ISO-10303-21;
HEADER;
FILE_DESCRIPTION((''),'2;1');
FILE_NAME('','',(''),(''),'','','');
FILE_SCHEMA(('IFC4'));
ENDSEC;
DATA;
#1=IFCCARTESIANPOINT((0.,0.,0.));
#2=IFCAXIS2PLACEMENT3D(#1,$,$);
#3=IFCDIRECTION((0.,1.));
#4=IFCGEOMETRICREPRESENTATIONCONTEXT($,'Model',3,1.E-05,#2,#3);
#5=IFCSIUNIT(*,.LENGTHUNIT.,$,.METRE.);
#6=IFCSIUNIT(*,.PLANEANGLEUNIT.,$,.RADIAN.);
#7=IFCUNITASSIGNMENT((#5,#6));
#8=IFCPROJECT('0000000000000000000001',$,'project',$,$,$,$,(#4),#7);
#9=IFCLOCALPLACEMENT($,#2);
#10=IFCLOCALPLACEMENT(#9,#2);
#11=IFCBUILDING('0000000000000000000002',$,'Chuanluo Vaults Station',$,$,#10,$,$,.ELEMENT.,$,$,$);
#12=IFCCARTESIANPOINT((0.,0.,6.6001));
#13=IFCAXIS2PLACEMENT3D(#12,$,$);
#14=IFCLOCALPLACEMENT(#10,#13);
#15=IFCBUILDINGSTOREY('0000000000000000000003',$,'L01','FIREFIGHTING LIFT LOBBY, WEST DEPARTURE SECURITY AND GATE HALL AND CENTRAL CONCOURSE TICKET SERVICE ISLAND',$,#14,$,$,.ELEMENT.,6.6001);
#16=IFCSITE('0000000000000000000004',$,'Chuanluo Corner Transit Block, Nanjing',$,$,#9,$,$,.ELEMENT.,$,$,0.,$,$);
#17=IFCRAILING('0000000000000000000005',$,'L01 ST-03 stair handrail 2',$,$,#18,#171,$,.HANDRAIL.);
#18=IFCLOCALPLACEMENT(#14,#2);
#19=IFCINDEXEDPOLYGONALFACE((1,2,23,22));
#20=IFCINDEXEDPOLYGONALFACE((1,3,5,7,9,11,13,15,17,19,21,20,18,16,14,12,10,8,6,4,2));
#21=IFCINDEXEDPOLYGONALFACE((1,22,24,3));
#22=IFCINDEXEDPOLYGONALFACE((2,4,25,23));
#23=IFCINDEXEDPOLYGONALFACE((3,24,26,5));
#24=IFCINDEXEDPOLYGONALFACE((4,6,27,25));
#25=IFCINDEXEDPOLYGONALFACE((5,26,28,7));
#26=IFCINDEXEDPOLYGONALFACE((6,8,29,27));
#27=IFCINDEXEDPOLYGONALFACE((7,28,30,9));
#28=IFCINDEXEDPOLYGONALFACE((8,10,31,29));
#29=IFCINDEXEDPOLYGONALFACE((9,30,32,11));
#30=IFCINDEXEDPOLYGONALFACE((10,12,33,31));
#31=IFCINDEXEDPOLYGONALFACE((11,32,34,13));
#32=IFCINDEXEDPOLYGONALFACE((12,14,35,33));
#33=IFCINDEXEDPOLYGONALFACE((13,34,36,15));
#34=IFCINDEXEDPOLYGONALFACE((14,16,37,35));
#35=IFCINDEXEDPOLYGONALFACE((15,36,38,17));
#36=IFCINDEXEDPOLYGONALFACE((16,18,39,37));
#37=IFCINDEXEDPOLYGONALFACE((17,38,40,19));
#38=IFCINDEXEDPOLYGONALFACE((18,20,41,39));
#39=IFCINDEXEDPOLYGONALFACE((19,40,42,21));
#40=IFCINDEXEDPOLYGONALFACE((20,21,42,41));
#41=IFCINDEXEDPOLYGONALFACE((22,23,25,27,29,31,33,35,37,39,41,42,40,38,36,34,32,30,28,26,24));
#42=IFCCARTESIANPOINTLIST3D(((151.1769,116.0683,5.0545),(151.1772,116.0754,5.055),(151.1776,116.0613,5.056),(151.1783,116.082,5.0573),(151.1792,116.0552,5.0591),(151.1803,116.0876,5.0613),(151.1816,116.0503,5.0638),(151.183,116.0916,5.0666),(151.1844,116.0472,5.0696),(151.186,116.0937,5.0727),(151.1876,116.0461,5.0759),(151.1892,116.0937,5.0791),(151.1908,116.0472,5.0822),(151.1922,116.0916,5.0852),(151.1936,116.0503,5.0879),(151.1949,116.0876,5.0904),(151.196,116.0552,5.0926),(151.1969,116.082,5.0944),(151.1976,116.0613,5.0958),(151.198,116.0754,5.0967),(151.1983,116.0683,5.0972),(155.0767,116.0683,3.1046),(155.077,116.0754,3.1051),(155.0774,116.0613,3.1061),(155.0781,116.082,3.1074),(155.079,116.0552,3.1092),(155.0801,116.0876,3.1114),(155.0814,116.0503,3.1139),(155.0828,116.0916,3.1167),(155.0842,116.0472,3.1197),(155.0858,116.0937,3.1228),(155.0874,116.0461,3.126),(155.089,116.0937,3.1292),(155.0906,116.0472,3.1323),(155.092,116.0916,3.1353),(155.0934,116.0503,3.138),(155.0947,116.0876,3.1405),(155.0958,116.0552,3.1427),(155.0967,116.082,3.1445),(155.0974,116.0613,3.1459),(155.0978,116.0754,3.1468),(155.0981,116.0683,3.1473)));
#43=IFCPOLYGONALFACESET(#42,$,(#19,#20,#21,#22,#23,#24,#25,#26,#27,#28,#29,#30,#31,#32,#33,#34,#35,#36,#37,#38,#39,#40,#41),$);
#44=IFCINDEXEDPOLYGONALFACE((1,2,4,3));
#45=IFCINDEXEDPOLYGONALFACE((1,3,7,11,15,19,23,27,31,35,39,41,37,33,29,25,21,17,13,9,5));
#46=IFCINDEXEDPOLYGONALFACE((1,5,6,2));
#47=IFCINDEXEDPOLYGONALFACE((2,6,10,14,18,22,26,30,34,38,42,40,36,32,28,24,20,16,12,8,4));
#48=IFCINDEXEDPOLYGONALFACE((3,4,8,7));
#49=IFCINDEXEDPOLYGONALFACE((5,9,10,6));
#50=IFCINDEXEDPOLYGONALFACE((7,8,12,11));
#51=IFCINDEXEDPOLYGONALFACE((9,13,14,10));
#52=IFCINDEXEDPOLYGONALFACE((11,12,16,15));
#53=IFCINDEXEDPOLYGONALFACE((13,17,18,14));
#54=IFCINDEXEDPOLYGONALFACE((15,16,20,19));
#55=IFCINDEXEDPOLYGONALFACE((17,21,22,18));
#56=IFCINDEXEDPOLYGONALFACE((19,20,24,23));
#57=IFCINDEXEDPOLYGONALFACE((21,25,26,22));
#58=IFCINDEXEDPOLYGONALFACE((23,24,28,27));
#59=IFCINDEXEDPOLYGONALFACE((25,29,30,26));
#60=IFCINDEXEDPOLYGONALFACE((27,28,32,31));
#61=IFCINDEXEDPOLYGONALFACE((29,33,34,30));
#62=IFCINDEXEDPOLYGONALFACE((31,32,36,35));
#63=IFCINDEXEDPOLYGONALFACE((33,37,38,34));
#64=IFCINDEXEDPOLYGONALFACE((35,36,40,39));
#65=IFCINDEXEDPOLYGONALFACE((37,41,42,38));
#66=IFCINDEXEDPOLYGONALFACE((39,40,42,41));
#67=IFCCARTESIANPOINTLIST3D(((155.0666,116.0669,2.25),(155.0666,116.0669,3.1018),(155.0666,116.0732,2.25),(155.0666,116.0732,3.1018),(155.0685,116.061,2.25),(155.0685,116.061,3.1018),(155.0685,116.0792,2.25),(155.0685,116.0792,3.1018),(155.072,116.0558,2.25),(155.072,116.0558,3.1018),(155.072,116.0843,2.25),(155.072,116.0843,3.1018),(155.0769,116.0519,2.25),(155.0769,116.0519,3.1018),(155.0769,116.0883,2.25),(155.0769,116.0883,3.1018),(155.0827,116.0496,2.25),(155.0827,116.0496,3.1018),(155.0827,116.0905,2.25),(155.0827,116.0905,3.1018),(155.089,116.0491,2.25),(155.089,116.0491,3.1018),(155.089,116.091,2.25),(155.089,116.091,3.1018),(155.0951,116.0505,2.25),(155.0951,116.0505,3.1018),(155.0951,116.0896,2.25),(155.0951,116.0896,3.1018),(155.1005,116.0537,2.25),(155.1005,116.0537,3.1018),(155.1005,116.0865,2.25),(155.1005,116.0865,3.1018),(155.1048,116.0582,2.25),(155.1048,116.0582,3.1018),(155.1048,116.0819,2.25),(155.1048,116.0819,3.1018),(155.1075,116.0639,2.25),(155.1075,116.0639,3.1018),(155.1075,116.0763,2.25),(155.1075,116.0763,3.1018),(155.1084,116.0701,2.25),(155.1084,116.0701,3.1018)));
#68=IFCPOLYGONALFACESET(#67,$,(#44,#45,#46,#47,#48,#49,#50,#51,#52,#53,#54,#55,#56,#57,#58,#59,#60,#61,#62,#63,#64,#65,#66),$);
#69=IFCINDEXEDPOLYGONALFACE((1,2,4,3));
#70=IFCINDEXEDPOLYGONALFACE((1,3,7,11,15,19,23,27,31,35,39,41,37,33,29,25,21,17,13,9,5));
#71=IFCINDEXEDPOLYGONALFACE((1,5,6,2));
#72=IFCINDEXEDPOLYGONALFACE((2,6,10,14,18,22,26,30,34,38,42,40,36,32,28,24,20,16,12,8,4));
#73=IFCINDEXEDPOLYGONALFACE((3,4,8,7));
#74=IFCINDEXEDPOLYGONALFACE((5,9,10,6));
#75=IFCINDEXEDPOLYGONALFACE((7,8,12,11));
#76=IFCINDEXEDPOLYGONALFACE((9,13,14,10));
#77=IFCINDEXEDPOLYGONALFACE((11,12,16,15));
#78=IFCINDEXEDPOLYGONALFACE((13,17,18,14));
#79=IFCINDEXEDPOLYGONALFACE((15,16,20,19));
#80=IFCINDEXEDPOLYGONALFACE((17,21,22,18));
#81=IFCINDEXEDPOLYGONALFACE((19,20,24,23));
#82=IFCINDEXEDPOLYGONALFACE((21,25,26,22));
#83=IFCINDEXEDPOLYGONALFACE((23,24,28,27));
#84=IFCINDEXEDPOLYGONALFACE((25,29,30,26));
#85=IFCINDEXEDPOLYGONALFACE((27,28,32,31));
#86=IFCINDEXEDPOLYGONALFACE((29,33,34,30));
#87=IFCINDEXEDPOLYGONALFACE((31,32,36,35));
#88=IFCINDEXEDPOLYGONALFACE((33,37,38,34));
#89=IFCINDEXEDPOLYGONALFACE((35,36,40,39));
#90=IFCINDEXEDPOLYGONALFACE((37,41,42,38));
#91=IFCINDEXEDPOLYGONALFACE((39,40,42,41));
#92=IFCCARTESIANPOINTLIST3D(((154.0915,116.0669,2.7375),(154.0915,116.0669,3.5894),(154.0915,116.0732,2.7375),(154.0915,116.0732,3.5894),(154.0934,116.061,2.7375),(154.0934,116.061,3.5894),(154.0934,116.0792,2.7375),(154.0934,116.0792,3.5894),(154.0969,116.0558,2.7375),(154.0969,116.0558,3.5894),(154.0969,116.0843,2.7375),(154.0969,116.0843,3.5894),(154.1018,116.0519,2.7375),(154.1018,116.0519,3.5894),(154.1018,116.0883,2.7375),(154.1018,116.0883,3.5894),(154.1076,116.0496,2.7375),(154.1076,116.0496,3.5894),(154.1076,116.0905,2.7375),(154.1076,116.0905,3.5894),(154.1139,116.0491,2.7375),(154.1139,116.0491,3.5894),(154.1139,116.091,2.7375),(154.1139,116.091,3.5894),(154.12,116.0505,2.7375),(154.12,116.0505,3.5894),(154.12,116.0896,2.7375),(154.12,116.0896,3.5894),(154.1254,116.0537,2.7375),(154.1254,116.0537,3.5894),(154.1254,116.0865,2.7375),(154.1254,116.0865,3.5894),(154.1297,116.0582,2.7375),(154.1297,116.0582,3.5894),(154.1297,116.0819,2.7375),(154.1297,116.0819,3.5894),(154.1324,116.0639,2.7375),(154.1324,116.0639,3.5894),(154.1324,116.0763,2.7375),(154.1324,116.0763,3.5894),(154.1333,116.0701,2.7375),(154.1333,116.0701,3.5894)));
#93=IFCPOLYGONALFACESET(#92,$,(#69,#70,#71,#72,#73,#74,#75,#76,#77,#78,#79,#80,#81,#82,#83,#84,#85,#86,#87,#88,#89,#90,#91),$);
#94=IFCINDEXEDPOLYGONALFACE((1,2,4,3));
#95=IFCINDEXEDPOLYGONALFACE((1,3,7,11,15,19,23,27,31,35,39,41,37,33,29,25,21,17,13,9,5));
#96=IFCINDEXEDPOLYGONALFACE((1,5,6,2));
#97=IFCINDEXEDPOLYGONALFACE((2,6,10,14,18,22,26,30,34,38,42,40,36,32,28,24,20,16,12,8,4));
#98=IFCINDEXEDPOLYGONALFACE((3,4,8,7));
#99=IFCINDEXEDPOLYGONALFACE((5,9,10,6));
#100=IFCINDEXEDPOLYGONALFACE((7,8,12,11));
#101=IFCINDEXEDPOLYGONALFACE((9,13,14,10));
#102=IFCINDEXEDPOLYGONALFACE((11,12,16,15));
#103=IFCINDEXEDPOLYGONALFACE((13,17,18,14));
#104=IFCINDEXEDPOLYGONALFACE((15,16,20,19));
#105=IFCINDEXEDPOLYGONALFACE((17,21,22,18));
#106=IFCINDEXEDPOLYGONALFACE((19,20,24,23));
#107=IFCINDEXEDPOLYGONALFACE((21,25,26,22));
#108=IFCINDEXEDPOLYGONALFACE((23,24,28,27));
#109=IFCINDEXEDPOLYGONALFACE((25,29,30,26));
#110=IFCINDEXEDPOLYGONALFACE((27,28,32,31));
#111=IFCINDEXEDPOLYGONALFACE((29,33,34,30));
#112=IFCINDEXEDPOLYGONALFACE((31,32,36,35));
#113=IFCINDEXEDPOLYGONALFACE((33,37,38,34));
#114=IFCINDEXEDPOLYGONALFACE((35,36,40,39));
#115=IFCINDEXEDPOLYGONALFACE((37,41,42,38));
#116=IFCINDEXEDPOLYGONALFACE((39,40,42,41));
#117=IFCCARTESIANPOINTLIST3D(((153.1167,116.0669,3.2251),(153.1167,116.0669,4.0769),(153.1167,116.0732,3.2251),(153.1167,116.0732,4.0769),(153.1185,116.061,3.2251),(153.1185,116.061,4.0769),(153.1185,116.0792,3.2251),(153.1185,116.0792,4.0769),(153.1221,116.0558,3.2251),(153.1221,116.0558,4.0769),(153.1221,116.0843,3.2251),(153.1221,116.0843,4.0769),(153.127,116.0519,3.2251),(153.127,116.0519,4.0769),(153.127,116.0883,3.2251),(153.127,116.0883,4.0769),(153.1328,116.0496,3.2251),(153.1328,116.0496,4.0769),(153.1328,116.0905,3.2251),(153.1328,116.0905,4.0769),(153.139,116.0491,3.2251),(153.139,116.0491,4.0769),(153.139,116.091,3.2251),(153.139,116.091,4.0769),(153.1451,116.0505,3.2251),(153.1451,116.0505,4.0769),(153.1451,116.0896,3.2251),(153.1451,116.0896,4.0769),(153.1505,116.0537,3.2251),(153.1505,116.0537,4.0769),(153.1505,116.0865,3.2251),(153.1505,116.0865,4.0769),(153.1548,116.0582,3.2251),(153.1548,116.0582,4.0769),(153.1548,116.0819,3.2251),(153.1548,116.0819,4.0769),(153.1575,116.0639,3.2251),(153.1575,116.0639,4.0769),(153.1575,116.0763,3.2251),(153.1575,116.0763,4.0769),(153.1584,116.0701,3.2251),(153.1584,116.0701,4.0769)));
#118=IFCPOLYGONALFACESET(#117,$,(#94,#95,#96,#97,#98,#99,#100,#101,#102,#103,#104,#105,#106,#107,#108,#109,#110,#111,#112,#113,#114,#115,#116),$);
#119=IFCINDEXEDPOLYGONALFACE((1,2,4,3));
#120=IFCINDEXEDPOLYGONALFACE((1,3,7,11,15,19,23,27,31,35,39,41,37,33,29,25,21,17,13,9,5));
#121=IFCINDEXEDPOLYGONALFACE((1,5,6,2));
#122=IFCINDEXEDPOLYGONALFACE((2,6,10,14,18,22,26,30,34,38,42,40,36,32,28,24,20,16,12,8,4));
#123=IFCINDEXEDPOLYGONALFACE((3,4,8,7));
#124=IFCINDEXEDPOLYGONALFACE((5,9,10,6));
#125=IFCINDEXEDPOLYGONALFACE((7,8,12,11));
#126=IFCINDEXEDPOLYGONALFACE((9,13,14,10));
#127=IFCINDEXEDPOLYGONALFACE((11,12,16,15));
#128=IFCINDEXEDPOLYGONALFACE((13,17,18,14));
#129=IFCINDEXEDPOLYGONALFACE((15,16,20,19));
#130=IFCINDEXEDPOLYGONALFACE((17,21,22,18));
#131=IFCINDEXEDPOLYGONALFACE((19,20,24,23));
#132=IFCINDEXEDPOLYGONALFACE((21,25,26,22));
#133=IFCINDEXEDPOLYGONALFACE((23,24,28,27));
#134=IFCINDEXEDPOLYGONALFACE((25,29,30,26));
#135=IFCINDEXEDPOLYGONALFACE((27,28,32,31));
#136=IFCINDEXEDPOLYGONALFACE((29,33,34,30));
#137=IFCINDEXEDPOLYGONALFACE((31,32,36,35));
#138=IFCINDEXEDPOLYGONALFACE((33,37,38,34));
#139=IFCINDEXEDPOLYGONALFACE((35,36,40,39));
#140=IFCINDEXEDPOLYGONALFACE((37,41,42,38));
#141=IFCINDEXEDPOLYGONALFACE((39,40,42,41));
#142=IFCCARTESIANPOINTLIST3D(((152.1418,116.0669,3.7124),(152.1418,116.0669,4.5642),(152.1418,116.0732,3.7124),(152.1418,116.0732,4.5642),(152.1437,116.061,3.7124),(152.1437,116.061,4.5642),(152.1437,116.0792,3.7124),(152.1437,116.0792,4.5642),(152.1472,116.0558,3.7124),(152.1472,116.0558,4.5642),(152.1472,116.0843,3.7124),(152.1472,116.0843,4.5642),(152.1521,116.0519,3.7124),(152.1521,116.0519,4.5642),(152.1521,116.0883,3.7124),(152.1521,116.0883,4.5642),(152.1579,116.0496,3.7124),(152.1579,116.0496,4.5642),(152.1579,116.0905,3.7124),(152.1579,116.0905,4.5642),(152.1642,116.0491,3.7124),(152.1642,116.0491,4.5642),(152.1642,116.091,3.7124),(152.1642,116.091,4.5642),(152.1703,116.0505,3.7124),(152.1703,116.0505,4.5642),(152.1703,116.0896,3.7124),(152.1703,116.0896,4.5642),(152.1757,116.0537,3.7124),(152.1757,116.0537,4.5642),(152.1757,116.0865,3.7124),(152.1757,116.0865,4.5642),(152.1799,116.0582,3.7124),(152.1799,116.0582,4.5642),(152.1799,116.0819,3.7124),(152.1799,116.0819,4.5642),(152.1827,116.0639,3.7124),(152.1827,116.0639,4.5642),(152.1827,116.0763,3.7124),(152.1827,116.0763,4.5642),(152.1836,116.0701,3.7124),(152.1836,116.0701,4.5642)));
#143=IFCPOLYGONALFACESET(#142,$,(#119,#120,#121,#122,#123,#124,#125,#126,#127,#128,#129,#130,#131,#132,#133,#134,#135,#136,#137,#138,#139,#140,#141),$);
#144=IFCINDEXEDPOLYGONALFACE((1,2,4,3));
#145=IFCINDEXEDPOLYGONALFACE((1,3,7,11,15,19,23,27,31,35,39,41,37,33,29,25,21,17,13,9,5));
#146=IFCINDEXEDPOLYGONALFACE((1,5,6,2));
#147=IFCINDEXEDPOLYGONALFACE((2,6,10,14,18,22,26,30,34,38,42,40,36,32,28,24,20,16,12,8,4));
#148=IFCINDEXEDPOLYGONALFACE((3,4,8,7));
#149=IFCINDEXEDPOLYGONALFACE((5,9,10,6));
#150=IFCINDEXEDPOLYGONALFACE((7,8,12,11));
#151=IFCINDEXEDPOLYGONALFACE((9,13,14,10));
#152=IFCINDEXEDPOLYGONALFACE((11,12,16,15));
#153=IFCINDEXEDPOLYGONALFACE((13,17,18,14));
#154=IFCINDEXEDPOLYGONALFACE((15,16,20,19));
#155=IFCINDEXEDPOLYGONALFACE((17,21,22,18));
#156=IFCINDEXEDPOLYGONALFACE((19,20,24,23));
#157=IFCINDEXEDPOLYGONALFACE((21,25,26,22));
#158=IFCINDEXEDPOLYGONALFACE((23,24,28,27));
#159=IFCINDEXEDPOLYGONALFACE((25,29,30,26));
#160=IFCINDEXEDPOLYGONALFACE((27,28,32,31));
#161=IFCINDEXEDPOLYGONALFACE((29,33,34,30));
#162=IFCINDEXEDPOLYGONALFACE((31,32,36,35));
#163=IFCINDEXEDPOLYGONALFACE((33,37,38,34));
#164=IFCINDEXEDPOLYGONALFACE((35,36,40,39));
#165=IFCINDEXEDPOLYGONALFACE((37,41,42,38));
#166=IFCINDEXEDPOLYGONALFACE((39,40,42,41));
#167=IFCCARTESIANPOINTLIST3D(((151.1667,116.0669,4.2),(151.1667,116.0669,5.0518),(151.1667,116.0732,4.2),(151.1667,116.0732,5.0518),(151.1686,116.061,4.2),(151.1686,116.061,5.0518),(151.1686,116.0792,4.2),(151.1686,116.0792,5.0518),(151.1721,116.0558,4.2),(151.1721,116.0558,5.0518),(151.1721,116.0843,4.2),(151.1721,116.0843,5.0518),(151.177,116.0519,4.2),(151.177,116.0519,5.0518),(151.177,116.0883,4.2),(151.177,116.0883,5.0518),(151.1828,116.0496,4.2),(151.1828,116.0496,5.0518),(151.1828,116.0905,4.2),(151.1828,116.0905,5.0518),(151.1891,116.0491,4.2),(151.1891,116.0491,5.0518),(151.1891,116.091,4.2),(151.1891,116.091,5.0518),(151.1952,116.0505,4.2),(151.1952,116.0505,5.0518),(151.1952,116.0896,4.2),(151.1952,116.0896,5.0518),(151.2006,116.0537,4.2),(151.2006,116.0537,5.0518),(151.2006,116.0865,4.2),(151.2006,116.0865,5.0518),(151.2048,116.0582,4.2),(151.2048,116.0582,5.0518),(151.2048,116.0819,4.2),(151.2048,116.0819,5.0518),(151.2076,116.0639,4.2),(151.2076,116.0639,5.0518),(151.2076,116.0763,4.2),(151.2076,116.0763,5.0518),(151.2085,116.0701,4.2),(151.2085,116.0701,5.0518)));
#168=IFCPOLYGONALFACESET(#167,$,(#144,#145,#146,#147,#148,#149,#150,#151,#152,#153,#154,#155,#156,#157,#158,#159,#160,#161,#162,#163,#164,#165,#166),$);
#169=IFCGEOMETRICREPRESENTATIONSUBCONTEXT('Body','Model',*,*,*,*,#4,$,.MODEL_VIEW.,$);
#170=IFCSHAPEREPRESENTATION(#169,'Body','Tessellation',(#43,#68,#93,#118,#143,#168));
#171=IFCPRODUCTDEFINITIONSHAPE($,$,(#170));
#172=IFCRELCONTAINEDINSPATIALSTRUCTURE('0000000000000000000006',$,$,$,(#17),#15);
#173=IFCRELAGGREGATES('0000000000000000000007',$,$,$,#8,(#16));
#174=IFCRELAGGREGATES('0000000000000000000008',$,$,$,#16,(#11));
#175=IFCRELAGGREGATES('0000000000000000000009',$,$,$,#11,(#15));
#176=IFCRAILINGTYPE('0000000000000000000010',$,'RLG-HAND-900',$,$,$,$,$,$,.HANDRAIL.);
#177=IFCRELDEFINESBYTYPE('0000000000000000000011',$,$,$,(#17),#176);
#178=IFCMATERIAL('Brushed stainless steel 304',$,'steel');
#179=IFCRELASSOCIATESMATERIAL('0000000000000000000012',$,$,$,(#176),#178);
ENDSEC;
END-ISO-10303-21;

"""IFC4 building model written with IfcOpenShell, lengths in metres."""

from ifc_helpers import new_model, si_unit, direction, frame, origin, origin_2d, place, context, subcontext, project, spatial, circle, extrude, material, type_object, element, save


model = new_model("IFC4")

# Units and contexts
model_context = context("Model", 3, precision=1e-05, world=origin(), true_north=direction((0.0, 1.0)))
body_context = subcontext(model_context, "Body", "Model", "MODEL_VIEW")
ifc_project = project(units=[si_unit("LENGTHUNIT", "METRE"), si_unit("PLANEANGLEUNIT", "RADIAN")], contexts=[model_context])

# Site, building, storey
site_placement = place(None, origin())
site = spatial("IfcSite", under=ifc_project, at=site_placement, Name="Chuanluo Corner Transit Block, Nanjing", CompositionType="ELEMENT", RefElevation=0.0)
building_placement = place(site_placement, origin())
building = spatial("IfcBuilding", under=site, at=building_placement, Name="Chuanluo Vaults Station", CompositionType="ELEMENT")
storey_placement = place(building_placement, frame((0.0, 0.0, 6.6001)))
storey = spatial("IfcBuildingStorey", under=building, at=storey_placement, Name="L01", Description="FIREFIGHTING LIFT LOBBY, WEST DEPARTURE SECURITY AND GATE HALL AND CENTRAL CONCOURSE TICKET SERVICE ISLAND", CompositionType="ELEMENT", Elevation=6.6001)

# Railing
ifc_material_1 = material(Name="Brushed stainless steel 304", Category="steel")
railing_type_1 = type_object("IfcRailingType", Name="RLG-HAND-900", PredefinedType="HANDRAIL", material=ifc_material_1)
railing_1_placement = place(storey_placement, frame((155.0874, 116.0701, 2.25)))
element("IfcRailing", 1, at=railing_1_placement, inside=storey, type_object=railing_type_1, Name="L01 ST-03 stair handrail 2", PredefinedType="HANDRAIL", context=body_context, shape_type="SweptSolid", body=[
    extrude(circle(Radius=0.0239, at=origin_2d()), frame((0.0, 0.0, 0.876), z_axis=(-0.894427, 0.0, 0.447214), x_axis=(0.0, -1.0, 0.0)), (0.0, 0.0, 1.0), 4.3601),
    extrude(circle(Radius=0.021, at=origin_2d()), origin(), (0.0, 0.0, 1.0), 0.8518),
    extrude(circle(Radius=0.021, at=origin_2d()), frame((-0.9751, 0.0, 0.4875)), (0.0, 0.0, 1.0), 0.8518),
    extrude(circle(Radius=0.021, at=origin_2d()), frame((-1.95, 0.0, 0.9751)), (0.0, 0.0, 1.0), 0.8518),
    extrude(circle(Radius=0.021, at=origin_2d()), frame((-2.9248, 0.0, 1.4624)), (0.0, 0.0, 1.0), 0.8518),
    extrude(circle(Radius=0.021, at=origin_2d()), frame((-3.8999, 0.0, 1.95)), (0.0, 0.0, 1.0), 0.8518),
])

save(model, "model.ifc")
